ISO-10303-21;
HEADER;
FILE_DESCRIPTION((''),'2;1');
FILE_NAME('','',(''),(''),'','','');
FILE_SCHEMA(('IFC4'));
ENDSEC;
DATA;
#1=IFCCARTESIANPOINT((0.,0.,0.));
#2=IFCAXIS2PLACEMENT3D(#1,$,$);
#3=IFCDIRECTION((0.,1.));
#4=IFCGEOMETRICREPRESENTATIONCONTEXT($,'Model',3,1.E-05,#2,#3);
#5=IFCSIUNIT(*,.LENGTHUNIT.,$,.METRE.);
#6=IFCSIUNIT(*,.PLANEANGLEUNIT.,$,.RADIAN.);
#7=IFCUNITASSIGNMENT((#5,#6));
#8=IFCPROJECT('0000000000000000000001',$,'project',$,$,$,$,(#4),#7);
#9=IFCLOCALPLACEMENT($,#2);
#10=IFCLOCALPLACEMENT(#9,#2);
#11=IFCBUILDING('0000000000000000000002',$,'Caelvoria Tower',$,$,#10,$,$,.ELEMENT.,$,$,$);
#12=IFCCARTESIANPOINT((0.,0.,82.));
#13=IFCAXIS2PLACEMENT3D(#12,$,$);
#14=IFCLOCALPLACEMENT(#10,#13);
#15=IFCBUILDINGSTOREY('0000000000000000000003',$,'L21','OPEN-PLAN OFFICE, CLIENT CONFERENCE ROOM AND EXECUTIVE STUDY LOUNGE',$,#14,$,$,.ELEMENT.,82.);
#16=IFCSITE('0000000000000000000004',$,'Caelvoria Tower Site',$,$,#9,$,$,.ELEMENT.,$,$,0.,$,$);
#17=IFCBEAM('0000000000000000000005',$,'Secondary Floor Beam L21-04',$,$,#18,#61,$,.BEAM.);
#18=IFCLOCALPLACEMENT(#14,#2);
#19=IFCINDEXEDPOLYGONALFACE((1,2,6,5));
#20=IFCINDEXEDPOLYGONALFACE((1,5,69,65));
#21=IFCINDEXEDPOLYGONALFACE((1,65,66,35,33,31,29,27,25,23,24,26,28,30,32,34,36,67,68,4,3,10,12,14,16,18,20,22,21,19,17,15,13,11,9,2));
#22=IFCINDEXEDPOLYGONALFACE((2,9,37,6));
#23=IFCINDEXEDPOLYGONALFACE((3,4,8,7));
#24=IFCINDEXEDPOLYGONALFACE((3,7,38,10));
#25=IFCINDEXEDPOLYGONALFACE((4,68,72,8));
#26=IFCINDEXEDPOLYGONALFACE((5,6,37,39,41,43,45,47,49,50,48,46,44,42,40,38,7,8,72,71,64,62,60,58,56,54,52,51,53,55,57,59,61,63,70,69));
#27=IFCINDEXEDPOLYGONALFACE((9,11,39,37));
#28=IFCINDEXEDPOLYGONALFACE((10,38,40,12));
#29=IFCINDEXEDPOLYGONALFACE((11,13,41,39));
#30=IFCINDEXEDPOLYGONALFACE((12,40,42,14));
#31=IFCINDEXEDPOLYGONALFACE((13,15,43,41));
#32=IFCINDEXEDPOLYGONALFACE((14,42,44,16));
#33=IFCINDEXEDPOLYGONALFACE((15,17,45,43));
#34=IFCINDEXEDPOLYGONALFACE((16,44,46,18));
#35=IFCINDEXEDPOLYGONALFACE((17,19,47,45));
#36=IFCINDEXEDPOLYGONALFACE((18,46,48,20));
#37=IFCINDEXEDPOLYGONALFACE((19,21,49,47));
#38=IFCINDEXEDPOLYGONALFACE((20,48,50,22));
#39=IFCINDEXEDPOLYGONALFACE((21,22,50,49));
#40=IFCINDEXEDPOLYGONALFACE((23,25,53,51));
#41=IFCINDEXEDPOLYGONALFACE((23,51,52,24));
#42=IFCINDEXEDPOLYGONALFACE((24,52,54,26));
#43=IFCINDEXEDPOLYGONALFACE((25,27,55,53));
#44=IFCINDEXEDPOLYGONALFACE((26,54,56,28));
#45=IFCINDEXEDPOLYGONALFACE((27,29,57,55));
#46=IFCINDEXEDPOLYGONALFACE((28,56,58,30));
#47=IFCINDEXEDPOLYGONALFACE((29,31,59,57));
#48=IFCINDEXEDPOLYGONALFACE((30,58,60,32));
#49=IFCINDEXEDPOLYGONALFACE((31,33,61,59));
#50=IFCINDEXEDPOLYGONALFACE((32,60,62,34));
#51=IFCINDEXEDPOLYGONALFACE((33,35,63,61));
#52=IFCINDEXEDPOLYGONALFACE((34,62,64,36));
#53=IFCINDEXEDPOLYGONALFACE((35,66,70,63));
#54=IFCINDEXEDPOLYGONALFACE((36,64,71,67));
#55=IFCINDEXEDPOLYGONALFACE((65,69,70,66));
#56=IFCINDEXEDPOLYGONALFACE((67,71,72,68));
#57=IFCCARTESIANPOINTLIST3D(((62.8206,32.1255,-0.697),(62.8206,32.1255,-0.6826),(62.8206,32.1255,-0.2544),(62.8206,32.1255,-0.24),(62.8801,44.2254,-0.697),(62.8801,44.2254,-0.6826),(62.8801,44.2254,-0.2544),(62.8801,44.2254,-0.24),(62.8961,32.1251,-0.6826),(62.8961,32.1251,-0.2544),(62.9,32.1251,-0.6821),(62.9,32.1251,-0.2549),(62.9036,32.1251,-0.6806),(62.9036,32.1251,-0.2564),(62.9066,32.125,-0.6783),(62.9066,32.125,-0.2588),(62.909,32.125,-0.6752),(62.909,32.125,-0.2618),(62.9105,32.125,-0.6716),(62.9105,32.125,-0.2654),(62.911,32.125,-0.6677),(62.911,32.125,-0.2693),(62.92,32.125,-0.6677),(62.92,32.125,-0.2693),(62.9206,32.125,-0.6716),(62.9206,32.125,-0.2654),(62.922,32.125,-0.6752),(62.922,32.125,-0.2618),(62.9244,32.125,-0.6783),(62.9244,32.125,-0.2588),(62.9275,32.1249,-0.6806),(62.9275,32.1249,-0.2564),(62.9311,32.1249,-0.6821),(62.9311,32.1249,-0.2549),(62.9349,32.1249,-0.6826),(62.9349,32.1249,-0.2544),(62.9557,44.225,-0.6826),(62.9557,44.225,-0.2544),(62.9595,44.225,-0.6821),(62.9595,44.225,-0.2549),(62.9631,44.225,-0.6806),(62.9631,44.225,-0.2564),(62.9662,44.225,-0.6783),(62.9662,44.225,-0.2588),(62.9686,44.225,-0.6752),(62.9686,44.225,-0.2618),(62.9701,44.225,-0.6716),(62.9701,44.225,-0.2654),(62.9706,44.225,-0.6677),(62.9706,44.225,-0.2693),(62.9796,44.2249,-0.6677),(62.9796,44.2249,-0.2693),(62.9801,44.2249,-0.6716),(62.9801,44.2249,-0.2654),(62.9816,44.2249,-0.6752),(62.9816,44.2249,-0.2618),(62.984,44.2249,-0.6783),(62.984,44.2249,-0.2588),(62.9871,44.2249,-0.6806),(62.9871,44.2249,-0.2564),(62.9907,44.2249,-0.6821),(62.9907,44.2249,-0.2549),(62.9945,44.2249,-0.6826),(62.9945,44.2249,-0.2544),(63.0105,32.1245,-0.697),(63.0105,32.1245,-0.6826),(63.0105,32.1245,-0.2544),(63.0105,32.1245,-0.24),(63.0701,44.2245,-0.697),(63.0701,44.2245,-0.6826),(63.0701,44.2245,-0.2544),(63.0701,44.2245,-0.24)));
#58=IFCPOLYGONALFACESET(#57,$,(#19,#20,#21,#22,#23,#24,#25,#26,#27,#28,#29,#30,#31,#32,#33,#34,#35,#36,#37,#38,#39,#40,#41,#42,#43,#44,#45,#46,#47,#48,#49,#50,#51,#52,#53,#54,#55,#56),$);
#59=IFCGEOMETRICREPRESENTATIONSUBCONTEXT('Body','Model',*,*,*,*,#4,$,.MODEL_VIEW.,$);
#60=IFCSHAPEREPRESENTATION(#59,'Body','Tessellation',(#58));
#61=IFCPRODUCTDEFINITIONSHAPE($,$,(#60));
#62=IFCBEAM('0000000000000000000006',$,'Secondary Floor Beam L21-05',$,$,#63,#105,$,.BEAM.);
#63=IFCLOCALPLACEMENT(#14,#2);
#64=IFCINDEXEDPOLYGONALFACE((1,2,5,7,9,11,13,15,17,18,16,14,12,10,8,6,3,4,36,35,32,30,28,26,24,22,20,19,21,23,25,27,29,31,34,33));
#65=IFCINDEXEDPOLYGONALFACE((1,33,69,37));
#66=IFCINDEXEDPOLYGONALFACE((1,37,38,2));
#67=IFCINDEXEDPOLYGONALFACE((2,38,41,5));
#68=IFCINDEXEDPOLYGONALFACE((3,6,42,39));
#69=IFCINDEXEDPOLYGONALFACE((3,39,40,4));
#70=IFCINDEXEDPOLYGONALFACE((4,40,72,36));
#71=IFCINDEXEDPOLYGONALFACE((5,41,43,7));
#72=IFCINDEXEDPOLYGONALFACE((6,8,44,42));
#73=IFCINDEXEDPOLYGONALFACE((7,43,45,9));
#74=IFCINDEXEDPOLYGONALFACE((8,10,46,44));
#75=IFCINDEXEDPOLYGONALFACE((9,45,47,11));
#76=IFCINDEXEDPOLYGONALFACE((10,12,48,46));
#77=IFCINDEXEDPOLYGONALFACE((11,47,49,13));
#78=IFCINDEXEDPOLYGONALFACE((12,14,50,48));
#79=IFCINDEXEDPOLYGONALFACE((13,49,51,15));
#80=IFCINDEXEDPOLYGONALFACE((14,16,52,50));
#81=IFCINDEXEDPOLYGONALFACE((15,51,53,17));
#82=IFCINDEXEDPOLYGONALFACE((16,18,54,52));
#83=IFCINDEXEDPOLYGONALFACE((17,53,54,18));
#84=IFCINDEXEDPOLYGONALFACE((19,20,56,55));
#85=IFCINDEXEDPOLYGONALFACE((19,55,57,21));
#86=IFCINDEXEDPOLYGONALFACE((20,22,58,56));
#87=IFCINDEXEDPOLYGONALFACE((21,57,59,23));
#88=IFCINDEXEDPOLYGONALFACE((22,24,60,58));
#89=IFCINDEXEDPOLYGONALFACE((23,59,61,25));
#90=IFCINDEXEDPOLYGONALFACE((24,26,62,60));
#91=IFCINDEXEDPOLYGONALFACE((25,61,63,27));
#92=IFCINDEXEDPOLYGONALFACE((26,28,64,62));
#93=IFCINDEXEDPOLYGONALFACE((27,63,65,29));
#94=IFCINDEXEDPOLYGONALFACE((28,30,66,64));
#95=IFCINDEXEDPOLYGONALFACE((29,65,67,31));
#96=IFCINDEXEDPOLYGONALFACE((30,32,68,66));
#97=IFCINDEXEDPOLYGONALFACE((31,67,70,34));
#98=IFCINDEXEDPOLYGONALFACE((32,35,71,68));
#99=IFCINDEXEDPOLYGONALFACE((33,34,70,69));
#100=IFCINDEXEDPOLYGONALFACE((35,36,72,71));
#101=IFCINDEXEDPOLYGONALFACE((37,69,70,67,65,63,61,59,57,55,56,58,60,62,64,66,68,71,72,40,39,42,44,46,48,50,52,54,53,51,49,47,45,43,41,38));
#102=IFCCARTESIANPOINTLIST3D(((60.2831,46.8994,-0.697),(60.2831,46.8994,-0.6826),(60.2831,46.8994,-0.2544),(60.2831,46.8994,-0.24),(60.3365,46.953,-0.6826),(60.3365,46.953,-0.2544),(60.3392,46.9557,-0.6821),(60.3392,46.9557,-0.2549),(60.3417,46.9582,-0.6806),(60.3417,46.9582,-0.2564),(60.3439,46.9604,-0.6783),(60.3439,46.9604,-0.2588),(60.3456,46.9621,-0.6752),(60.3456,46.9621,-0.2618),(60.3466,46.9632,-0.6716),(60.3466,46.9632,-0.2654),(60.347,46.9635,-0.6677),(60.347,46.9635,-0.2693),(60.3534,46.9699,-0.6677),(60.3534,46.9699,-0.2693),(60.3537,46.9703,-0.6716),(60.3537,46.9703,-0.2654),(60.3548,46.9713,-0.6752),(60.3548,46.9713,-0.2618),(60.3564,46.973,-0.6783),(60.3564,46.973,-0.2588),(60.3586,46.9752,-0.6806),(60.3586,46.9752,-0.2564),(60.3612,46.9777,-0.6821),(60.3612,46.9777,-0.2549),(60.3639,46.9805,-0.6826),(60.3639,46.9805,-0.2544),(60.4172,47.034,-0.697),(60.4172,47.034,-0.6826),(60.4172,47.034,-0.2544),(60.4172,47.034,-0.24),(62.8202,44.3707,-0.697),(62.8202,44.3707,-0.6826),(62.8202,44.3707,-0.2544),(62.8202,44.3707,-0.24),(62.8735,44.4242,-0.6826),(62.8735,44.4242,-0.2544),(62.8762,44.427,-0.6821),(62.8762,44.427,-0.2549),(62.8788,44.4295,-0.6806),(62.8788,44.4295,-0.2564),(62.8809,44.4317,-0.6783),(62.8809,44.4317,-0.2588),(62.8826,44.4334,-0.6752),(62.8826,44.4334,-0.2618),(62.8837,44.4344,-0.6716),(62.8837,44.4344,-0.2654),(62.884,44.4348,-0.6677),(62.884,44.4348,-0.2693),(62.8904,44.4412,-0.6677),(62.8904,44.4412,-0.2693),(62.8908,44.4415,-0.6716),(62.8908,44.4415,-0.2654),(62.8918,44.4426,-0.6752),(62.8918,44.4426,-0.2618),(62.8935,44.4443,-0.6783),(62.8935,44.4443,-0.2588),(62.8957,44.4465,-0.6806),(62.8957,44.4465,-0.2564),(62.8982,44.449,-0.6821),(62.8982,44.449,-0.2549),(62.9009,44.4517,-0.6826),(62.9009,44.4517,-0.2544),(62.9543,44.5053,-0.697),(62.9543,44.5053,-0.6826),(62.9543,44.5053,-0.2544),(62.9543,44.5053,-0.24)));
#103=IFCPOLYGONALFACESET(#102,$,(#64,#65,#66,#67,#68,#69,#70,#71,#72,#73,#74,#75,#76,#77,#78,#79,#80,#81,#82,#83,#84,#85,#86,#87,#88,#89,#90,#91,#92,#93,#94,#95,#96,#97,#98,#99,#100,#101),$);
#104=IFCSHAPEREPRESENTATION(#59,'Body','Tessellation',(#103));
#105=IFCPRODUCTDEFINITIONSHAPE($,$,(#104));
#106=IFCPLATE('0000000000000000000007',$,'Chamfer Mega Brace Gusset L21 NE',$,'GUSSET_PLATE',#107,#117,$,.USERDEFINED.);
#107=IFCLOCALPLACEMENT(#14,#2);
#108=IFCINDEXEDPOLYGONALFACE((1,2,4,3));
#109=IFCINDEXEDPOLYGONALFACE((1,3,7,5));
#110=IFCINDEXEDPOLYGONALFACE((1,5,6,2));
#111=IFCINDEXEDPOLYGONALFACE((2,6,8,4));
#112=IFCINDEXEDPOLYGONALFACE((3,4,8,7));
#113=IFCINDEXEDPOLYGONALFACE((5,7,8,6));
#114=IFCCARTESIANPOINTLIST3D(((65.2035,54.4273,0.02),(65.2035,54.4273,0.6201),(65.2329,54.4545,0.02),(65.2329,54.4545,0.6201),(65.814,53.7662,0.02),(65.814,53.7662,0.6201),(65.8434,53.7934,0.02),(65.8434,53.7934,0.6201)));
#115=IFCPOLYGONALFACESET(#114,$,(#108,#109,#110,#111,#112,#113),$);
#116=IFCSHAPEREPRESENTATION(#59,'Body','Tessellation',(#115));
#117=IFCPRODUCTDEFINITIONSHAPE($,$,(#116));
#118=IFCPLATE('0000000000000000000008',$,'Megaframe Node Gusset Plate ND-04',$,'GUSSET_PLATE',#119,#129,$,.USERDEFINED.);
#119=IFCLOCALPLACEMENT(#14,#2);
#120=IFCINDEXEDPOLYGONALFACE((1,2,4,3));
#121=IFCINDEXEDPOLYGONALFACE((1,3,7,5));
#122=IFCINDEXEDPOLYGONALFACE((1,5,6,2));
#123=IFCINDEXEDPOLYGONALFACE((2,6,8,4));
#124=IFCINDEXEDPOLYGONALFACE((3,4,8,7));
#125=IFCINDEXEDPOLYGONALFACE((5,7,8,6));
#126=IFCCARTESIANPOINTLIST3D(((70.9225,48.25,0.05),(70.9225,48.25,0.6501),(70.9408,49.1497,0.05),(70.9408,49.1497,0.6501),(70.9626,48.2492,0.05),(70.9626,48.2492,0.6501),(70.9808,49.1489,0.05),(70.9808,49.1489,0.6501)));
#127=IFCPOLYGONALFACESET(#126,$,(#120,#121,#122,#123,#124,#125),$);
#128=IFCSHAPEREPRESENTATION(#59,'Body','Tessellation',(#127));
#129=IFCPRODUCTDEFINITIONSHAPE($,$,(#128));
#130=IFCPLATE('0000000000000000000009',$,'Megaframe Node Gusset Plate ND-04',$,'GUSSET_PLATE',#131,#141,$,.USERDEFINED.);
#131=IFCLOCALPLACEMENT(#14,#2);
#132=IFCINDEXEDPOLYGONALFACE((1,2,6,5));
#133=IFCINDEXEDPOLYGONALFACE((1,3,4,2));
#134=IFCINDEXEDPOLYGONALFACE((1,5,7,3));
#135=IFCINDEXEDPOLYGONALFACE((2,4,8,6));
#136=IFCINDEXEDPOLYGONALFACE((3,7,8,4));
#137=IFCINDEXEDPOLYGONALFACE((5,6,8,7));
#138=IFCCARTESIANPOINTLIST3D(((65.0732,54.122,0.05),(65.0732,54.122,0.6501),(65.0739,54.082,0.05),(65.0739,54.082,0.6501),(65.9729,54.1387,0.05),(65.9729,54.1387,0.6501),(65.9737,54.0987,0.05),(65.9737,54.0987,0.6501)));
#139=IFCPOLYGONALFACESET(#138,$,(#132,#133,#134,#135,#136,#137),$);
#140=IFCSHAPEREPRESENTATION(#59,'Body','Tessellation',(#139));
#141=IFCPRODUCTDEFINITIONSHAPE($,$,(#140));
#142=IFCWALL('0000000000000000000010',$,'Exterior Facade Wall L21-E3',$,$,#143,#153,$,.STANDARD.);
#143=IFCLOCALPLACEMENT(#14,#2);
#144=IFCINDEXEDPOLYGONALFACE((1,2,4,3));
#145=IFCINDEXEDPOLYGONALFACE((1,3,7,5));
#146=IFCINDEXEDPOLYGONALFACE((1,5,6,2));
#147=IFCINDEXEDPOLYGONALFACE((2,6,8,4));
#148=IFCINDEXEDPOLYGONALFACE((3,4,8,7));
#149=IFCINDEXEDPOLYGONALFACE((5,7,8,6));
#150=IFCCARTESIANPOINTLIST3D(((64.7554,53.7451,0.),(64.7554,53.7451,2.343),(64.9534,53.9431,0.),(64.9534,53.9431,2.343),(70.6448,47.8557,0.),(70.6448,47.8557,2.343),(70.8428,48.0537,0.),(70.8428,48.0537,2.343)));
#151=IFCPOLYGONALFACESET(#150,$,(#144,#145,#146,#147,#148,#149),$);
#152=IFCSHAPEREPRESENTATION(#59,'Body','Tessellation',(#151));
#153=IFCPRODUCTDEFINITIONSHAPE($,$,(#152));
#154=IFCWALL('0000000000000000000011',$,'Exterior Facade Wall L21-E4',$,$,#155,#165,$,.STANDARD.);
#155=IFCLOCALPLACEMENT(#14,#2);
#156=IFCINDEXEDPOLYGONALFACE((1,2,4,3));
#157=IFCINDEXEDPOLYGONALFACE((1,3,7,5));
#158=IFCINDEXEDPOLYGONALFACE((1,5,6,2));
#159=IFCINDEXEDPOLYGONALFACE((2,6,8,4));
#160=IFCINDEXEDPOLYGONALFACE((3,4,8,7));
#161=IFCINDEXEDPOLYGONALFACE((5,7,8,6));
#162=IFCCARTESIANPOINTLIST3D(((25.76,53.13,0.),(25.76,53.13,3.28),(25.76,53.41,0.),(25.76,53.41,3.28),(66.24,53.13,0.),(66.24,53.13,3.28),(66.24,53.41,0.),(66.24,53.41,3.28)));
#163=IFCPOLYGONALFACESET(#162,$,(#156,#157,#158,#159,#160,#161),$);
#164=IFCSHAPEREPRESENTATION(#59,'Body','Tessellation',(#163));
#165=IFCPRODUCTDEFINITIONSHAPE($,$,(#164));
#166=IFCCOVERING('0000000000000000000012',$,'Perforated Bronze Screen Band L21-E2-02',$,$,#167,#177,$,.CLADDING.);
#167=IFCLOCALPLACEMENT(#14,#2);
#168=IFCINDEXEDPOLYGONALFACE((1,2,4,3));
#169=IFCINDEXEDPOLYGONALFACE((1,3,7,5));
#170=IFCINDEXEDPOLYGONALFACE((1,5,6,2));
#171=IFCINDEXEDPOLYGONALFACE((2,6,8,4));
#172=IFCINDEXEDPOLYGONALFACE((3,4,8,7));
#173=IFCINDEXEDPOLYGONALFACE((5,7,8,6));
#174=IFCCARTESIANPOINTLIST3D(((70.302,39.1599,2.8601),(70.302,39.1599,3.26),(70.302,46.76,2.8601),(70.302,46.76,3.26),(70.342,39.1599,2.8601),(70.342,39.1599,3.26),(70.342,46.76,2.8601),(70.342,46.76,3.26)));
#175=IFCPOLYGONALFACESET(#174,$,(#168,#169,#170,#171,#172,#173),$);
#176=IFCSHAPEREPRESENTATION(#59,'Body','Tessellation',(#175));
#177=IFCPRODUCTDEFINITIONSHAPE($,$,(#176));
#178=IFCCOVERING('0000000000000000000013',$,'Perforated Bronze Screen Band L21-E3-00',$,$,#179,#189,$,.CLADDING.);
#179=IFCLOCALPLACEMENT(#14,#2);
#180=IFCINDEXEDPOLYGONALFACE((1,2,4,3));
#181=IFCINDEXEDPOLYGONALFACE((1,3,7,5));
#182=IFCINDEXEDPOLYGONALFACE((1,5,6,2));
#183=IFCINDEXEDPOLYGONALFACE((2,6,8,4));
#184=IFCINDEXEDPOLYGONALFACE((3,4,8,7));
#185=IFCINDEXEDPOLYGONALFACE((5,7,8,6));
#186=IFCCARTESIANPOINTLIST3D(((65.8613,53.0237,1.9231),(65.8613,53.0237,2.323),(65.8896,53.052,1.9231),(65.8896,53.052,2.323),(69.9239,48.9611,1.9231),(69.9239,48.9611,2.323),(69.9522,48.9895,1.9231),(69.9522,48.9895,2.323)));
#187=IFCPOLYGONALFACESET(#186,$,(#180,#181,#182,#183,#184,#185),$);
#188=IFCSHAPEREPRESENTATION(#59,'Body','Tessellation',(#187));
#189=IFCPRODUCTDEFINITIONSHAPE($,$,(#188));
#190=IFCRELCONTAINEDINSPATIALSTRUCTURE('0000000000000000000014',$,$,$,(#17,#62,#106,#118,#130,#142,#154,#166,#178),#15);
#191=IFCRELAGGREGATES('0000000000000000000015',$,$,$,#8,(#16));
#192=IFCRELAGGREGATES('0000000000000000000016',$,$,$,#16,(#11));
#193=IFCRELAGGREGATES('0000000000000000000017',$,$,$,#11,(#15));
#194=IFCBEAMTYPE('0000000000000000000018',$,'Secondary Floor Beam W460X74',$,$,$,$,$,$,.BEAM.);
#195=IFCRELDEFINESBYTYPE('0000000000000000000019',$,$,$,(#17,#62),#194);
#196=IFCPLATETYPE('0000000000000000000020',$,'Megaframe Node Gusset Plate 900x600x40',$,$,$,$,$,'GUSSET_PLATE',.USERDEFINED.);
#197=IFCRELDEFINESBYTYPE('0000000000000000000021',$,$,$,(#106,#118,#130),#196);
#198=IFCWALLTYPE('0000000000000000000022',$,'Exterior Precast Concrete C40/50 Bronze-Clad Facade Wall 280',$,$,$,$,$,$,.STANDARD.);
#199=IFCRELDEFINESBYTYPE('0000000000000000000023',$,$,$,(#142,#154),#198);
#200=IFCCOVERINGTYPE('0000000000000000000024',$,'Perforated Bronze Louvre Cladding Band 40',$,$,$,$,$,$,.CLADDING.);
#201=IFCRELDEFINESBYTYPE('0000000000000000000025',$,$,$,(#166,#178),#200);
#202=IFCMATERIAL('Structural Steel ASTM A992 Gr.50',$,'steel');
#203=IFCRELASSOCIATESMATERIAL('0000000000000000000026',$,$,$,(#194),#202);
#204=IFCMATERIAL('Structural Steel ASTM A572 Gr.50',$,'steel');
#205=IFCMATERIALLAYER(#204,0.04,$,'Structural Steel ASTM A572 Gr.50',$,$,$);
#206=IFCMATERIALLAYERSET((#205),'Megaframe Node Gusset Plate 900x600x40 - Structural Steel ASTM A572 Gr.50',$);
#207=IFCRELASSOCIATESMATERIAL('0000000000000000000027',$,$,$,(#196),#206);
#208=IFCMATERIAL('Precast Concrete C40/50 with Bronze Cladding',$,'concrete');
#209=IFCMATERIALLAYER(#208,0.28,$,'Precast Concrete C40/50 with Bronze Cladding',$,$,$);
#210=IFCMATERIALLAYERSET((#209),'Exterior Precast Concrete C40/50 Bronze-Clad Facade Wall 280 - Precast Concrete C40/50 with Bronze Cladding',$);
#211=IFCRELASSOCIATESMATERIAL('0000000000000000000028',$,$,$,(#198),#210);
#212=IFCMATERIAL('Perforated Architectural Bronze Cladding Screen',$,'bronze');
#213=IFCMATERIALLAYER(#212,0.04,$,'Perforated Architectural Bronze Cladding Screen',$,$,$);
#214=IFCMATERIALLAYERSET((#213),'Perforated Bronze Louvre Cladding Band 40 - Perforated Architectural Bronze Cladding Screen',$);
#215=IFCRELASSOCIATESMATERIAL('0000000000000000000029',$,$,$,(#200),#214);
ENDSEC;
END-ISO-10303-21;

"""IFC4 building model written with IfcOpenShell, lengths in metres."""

from ifc_helpers import new_model, si_unit, direction, frame, frame_2d, origin, origin_2d, place, context, subcontext, project, spatial, rectangle, i_section, extrude, material, layer, layer_set, material_profile, profile_set, type_object, element, save


model = new_model("IFC4")

# Units and contexts
model_context = context("Model", 3, precision=1e-05, world=origin(), true_north=direction((0.0, 1.0)))
body_context = subcontext(model_context, "Body", "Model", "MODEL_VIEW")
ifc_project = project(units=[si_unit("LENGTHUNIT", "METRE"), si_unit("PLANEANGLEUNIT", "RADIAN")], contexts=[model_context])

# Site, building, storey
site_placement = place(None, origin())
site = spatial("IfcSite", under=ifc_project, at=site_placement, Name="Caelvoria Tower Site", CompositionType="ELEMENT", RefElevation=0.0)
building_placement = place(site_placement, origin())
building = spatial("IfcBuilding", under=site, at=building_placement, Name="Caelvoria Tower", CompositionType="ELEMENT")
storey_placement = place(building_placement, frame((0.0, 0.0, 82.0)))
storey = spatial("IfcBuildingStorey", under=building, at=storey_placement, Name="L21", Description="OPEN-PLAN OFFICE, CLIENT CONFERENCE ROOM AND EXECUTIVE STUDY LOUNGE", CompositionType="ELEMENT", Elevation=82.0)

# Shared definitions
ifc_material_1 = material(Name="Structural Steel ASTM A572 Gr.50", Category="steel")

# Beams
ifc_material_2 = material(Name="Structural Steel ASTM A992 Gr.50", Category="steel")
ifc_material_profile_1 = material_profile(ifc_material_2, i_section(OverallWidth=0.1899, OverallDepth=0.457, WebThickness=0.009, FlangeThickness=0.0144, FilletRadius=0.0149, at=origin_2d()), Name="Structural Steel ASTM A992 Gr.50")
ifc_profile_set_1 = profile_set([ifc_material_profile_1], Name="W460X74 - Structural Steel ASTM A992 Gr.50")
beam_type_1 = type_object("IfcBeamType", Name="Secondary Floor Beam W460X74", PredefinedType="BEAM", material=ifc_profile_set_1)
beam_1_placement = place(storey_placement, frame((62.9155, 32.125, -0.4685), z_axis=(0.004923, 0.999988, 0.0), x_axis=(-0.999988, 0.004923, 0.0)))
element("IfcBeam", 1, at=beam_1_placement, inside=storey, type_object=beam_type_1, Name="Secondary Floor Beam L21-04", PredefinedType="BEAM", context=body_context, shape_type="SweptSolid", body=[
    extrude(i_section(OverallWidth=0.1899, OverallDepth=0.457, WebThickness=0.009, FlangeThickness=0.0144, FilletRadius=0.0149, at=origin_2d()), origin(), (0.0, 0.0, 1.0), 12.1001),
])
beam_2_placement = place(storey_placement, frame((62.8872, 44.438, -0.4685), z_axis=(-0.708264, 0.705947, 0.0), x_axis=(-0.705947, -0.708264, 0.0)))
element("IfcBeam", 2, at=beam_2_placement, inside=storey, type_object=beam_type_1, Name="Secondary Floor Beam L21-05", PredefinedType="BEAM", context=body_context, shape_type="SweptSolid", body=[
    extrude(i_section(OverallWidth=0.1899, OverallDepth=0.457, WebThickness=0.009, FlangeThickness=0.0144, FilletRadius=0.0149, at=origin_2d()), origin(), (0.0, 0.0, 1.0), 3.582),
])

# Plates
ifc_layer_1 = layer(ifc_material_1, 0.04, Name="Structural Steel ASTM A572 Gr.50")
ifc_layer_set_1 = layer_set([ifc_layer_1], Name="Megaframe Node Gusset Plate 900x600x40 - Structural Steel ASTM A572 Gr.50")
plate_type = type_object("IfcPlateType", Name="Megaframe Node Gusset Plate 900x600x40", ElementType="GUSSET_PLATE", PredefinedType="USERDEFINED", material=ifc_layer_set_1)
for number, where, z_axis, x_axis, name in (
    (3, (65.5234, 54.1104, 0.02), (0.0, 0.0, 1.0), (0.678424, -0.734671, 0.0), "Chamfer Mega Brace Gusset L21 NE"),
    (4, (70.9517, 48.6995, 0.05), (0.0, 0.0, 1.0), (-0.020253, -0.999795, 0.0), "Megaframe Node Gusset Plate ND-04"),
    (5, (65.5234, 54.1104, 0.05), (0.0, 0.0, 1.0), (-0.999827, -0.01862, 0.0), "Megaframe Node Gusset Plate ND-04"),
):
    element("IfcPlate", number, at=place(storey_placement, frame(where, z_axis=z_axis, x_axis=x_axis)), inside=storey, type_object=plate_type, Name=name, ObjectType="GUSSET_PLATE", PredefinedType="USERDEFINED", context=body_context, shape_type="SweptSolid", body=[
        extrude(rectangle(XDim=0.8999, YDim=0.04, at=origin_2d()), origin(), (0.0, 0.0, 1.0), 0.6001),
    ])

# Walls
ifc_material_3 = material(Name="Precast Concrete C40/50 with Bronze Cladding", Category="concrete")
ifc_layer_2 = layer(ifc_material_3, 0.28, Name="Precast Concrete C40/50 with Bronze Cladding")
ifc_layer_set_2 = layer_set([ifc_layer_2], Name="Exterior Precast Concrete C40/50 Bronze-Clad Facade Wall 280 - Precast Concrete C40/50 with Bronze Cladding")
wall_type = type_object("IfcWallType", Name="Exterior Precast Concrete C40/50 Bronze-Clad Facade Wall 280", PredefinedType="STANDARD", material=ifc_layer_set_2)
wall_1_placement = place(storey_placement, frame((70.7439, 47.9546, 0.0), z_axis=(0.0, 0.0, 1.0), x_axis=(-0.707107, 0.707107, 0.0)))
element("IfcWall", 6, at=wall_1_placement, inside=storey, type_object=wall_type, Name="Exterior Facade Wall L21-E3", PredefinedType="STANDARD", context=body_context, shape_type="SweptSolid", body=[
    extrude(rectangle(XDim=8.3289, YDim=0.28, at=frame_2d((4.1646, 0.0))), origin(), (0.0, 0.0, 1.0), 2.343),
])
wall_2_placement = place(storey_placement, frame((66.24, 53.27, 0.0), z_axis=(0.0, 0.0, 1.0), x_axis=(-1.0, 0.0, 0.0)))
element("IfcWall", 7, at=wall_2_placement, inside=storey, type_object=wall_type, Name="Exterior Facade Wall L21-E4", PredefinedType="STANDARD", context=body_context, shape_type="SweptSolid", body=[
    extrude(rectangle(XDim=40.48, YDim=0.28, at=frame_2d((20.24, 0.0))), origin(), (0.0, 0.0, 1.0), 3.28),
])

# Coverings
ifc_material_4 = material(Name="Perforated Architectural Bronze Cladding Screen", Category="bronze")
ifc_layer_3 = layer(ifc_material_4, 0.04, Name="Perforated Architectural Bronze Cladding Screen")
ifc_layer_set_3 = layer_set([ifc_layer_3], Name="Perforated Bronze Louvre Cladding Band 40 - Perforated Architectural Bronze Cladding Screen")
covering_type = type_object("IfcCoveringType", Name="Perforated Bronze Louvre Cladding Band 40", PredefinedType="CLADDING", material=ifc_layer_set_3)
covering_1_placement = place(storey_placement, frame((70.322, 42.96, 2.8601), z_axis=(0.0, 0.0, 1.0), x_axis=(0.0, 1.0, 0.0)))
element("IfcCovering", 8, at=covering_1_placement, inside=storey, type_object=covering_type, Name="Perforated Bronze Screen Band L21-E2-02", PredefinedType="CLADDING", context=body_context, shape_type="SweptSolid", body=[
    extrude(rectangle(XDim=7.6001, YDim=0.04, at=origin_2d()), origin(), (0.0, 0.0, 1.0), 0.3999),
])
covering_2_placement = place(storey_placement, frame((67.9067, 51.0066, 1.9231), z_axis=(0.0, 0.0, 1.0), x_axis=(-0.707107, 0.707107, 0.0)))
element("IfcCovering", 9, at=covering_2_placement, inside=storey, type_object=covering_type, Name="Perforated Bronze Screen Band L21-E3-00", PredefinedType="CLADDING", context=body_context, shape_type="SweptSolid", body=[
    extrude(rectangle(XDim=5.7454, YDim=0.04, at=origin_2d()), origin(), (0.0, 0.0, 1.0), 0.3999),
])

save(model, "model.ifc")
